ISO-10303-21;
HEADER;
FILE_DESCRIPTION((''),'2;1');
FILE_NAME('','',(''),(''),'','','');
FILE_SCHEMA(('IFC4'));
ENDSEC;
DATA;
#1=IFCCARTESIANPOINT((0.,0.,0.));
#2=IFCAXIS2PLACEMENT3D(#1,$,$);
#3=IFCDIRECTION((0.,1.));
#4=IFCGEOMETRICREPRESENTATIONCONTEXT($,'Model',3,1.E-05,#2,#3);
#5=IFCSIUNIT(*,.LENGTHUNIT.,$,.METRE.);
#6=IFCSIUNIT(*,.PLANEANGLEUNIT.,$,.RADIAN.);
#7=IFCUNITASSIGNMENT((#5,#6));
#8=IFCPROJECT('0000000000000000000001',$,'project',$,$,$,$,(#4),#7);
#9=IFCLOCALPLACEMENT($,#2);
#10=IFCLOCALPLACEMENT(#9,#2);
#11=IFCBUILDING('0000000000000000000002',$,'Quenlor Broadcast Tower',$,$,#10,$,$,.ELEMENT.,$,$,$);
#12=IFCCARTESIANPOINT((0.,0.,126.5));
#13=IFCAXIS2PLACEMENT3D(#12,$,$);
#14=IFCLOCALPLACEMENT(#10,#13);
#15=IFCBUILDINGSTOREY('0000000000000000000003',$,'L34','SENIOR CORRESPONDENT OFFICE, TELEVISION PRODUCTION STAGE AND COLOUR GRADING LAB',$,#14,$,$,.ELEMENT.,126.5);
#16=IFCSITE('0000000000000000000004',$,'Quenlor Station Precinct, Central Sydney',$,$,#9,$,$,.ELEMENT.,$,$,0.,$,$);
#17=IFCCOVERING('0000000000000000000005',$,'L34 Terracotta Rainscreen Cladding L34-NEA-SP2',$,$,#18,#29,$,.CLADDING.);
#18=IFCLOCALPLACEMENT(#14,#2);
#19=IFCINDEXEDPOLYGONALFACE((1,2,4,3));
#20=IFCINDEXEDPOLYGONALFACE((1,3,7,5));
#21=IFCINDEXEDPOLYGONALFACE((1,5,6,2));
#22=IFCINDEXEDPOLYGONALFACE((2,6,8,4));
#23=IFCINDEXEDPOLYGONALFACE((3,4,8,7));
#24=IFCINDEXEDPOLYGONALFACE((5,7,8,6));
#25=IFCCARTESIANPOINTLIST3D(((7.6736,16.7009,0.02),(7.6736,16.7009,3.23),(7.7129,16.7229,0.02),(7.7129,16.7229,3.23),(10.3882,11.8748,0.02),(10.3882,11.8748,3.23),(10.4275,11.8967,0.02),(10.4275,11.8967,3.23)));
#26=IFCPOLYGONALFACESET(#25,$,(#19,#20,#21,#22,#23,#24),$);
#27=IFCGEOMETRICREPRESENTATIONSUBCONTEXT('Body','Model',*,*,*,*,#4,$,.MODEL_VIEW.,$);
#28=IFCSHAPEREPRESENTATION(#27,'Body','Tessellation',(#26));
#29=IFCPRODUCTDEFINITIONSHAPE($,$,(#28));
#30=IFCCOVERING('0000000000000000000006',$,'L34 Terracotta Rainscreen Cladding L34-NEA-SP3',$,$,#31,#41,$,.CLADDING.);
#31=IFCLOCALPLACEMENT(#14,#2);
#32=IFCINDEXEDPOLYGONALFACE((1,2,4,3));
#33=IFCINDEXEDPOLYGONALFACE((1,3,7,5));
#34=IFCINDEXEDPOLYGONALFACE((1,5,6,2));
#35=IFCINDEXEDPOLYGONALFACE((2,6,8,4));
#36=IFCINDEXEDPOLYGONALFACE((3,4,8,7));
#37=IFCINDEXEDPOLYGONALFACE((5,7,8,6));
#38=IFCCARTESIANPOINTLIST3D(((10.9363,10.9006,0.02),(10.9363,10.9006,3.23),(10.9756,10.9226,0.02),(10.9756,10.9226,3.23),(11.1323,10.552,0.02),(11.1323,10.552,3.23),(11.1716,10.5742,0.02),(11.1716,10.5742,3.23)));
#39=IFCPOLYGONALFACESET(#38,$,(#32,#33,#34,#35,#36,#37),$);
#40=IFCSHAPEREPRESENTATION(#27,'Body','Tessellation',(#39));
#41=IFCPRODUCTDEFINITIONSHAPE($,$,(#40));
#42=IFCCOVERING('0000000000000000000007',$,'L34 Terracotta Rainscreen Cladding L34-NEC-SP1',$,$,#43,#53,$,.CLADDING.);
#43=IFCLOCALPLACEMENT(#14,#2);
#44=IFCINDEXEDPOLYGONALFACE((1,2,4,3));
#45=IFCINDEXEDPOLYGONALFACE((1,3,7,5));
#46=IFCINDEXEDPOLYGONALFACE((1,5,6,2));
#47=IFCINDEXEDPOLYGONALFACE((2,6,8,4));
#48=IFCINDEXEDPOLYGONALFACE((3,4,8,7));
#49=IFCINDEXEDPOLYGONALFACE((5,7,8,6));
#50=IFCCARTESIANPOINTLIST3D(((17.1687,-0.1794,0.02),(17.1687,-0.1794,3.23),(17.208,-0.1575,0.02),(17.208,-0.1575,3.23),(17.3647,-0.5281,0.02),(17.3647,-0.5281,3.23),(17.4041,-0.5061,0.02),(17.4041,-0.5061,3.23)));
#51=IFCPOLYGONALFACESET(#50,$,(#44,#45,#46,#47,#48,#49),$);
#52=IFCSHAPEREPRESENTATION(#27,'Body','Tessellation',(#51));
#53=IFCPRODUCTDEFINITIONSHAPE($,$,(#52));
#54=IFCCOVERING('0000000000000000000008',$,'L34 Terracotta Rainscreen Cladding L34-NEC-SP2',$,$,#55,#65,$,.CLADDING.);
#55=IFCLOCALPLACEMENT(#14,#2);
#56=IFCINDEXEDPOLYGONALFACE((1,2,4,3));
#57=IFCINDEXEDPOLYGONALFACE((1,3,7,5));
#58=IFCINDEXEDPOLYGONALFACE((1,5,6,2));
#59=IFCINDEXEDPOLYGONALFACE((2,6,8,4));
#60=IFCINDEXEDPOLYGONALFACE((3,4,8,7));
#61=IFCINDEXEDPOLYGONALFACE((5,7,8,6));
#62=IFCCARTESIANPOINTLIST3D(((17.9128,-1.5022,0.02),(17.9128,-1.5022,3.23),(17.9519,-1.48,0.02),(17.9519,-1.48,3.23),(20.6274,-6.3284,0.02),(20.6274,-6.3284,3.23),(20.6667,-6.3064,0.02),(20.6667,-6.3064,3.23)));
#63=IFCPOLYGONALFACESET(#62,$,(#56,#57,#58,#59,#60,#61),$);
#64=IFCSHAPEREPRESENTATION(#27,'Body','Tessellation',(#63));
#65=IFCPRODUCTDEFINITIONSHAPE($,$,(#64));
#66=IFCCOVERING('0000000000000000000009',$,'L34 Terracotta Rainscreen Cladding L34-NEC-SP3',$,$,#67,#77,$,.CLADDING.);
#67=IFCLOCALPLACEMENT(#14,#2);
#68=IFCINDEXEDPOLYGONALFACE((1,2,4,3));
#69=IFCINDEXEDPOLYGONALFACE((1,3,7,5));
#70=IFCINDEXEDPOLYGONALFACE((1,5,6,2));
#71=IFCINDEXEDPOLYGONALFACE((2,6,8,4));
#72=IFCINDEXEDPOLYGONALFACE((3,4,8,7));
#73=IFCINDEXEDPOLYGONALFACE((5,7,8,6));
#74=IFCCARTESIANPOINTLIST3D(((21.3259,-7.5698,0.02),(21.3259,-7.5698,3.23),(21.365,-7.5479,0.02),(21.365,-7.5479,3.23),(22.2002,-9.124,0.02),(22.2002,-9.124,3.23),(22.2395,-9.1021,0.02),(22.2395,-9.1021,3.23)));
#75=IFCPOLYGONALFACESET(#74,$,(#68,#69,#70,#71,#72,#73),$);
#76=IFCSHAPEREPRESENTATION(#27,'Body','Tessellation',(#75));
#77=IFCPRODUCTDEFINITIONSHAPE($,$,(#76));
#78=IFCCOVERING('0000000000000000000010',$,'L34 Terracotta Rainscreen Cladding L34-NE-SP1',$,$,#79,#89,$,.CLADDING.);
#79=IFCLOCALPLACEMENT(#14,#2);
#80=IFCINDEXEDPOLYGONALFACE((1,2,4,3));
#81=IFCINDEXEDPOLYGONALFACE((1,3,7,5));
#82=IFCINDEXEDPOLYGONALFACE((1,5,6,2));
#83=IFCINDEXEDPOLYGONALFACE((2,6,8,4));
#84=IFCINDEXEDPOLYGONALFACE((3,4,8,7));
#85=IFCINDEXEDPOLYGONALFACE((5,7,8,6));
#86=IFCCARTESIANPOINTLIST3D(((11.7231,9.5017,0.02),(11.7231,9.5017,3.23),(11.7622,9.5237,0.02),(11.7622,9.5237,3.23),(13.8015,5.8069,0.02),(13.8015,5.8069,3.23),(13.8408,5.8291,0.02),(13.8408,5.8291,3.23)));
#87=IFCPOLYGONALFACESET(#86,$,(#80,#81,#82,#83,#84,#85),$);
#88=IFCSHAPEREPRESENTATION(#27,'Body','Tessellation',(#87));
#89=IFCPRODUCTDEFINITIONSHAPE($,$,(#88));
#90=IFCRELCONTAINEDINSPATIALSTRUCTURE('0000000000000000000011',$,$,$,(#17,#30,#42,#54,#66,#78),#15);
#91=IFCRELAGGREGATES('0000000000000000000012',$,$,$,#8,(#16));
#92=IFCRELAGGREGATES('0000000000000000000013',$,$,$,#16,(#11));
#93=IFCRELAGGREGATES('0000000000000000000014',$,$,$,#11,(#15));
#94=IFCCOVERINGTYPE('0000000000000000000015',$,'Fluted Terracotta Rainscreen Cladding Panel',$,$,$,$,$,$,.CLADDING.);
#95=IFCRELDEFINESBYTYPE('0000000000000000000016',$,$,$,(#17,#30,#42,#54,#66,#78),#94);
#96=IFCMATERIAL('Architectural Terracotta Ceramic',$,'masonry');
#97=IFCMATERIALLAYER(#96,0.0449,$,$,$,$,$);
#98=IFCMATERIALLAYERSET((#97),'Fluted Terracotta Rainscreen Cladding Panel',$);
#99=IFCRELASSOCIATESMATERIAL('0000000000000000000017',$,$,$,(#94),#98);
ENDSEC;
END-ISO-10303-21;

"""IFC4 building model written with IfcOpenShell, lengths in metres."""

from ifc_helpers import new_model, si_unit, direction, frame, origin, place, context, subcontext, project, spatial, polyline, outline, extrude, material, layer, layer_set, type_object, element, save


model = new_model("IFC4")

# Units and contexts
model_context = context("Model", 3, precision=1e-05, world=origin(), true_north=direction((0.0, 1.0)))
body_context = subcontext(model_context, "Body", "Model", "MODEL_VIEW")
ifc_project = project(units=[si_unit("LENGTHUNIT", "METRE"), si_unit("PLANEANGLEUNIT", "RADIAN")], contexts=[model_context])

# Site, building, storey
site_placement = place(None, origin())
site = spatial("IfcSite", under=ifc_project, at=site_placement, Name="Quenlor Station Precinct, Central Sydney", CompositionType="ELEMENT", RefElevation=0.0)
building_placement = place(site_placement, origin())
building = spatial("IfcBuilding", under=site, at=building_placement, Name="Quenlor Broadcast Tower", CompositionType="ELEMENT")
storey_placement = place(building_placement, frame((0.0, 0.0, 126.5)))
storey = spatial("IfcBuildingStorey", under=building, at=storey_placement, Name="L34", Description="SENIOR CORRESPONDENT OFFICE, TELEVISION PRODUCTION STAGE AND COLOUR GRADING LAB", CompositionType="ELEMENT", Elevation=126.5)

# Coverings
ifc_material_1 = material(Name="Architectural Terracotta Ceramic", Category="masonry")
ifc_layer_1 = layer(ifc_material_1, 0.0449)
ifc_layer_set_1 = layer_set([ifc_layer_1], Name="Fluted Terracotta Rainscreen Cladding Panel")
covering_type = type_object("IfcCoveringType", Name="Fluted Terracotta Rainscreen Cladding Panel", PredefinedType="CLADDING", material=ifc_layer_set_1)
covering_1_placement = place(storey_placement, frame((0.0, 0.0, 0.02)))
element("IfcCovering", 1, at=covering_1_placement, inside=storey, type_object=covering_type, Name="L34 Terracotta Rainscreen Cladding L34-NEA-SP2", PredefinedType="CLADDING", context=body_context, shape_type="SweptSolid", body=[
    extrude(outline(polyline([(7.6736, 16.7009), (10.3882, 11.8748), (10.4275, 11.8967), (7.7129, 16.7229), (7.6736, 16.7009)])), origin(), (0.0, 0.0, 1.0), 3.21),
])
covering_2_placement = place(storey_placement, frame((0.0, 0.0, 0.02)))
element("IfcCovering", 2, at=covering_2_placement, inside=storey, type_object=covering_type, Name="L34 Terracotta Rainscreen Cladding L34-NEA-SP3", PredefinedType="CLADDING", context=body_context, shape_type="SweptSolid", body=[
    extrude(outline(polyline([(10.9363, 10.9006), (11.1323, 10.552), (11.1716, 10.5742), (10.9756, 10.9226), (10.9363, 10.9006)])), origin(), (0.0, 0.0, 1.0), 3.21),
])
covering_3_placement = place(storey_placement, frame((0.0, 0.0, 0.02)))
element("IfcCovering", 3, at=covering_3_placement, inside=storey, type_object=covering_type, Name="L34 Terracotta Rainscreen Cladding L34-NEC-SP1", PredefinedType="CLADDING", context=body_context, shape_type="SweptSolid", body=[
    extrude(outline(polyline([(17.1687, -0.1794), (17.3647, -0.5281), (17.4041, -0.5061), (17.208, -0.1575), (17.1687, -0.1794)])), origin(), (0.0, 0.0, 1.0), 3.21),
])
covering_4_placement = place(storey_placement, frame((0.0, 0.0, 0.02)))
element("IfcCovering", 4, at=covering_4_placement, inside=storey, type_object=covering_type, Name="L34 Terracotta Rainscreen Cladding L34-NEC-SP2", PredefinedType="CLADDING", context=body_context, shape_type="SweptSolid", body=[
    extrude(outline(polyline([(17.9128, -1.5022), (20.6274, -6.3284), (20.6667, -6.3064), (17.9519, -1.48), (17.9128, -1.5022)])), origin(), (0.0, 0.0, 1.0), 3.21),
])
covering_5_placement = place(storey_placement, frame((0.0, 0.0, 0.02)))
element("IfcCovering", 5, at=covering_5_placement, inside=storey, type_object=covering_type, Name="L34 Terracotta Rainscreen Cladding L34-NEC-SP3", PredefinedType="CLADDING", context=body_context, shape_type="SweptSolid", body=[
    extrude(outline(polyline([(21.3259, -7.5698), (22.2002, -9.124), (22.2395, -9.1021), (21.365, -7.5479), (21.3259, -7.5698)])), origin(), (0.0, 0.0, 1.0), 3.21),
])
covering_6_placement = place(storey_placement, frame((0.0, 0.0, 0.02)))
element("IfcCovering", 6, at=covering_6_placement, inside=storey, type_object=covering_type, Name="L34 Terracotta Rainscreen Cladding L34-NE-SP1", PredefinedType="CLADDING", context=body_context, shape_type="SweptSolid", body=[
    extrude(outline(polyline([(11.7231, 9.5017), (13.8015, 5.8069), (13.8408, 5.8291), (11.7622, 9.5237), (11.7231, 9.5017)])), origin(), (0.0, 0.0, 1.0), 3.21),
])

save(model, "model.ifc")
